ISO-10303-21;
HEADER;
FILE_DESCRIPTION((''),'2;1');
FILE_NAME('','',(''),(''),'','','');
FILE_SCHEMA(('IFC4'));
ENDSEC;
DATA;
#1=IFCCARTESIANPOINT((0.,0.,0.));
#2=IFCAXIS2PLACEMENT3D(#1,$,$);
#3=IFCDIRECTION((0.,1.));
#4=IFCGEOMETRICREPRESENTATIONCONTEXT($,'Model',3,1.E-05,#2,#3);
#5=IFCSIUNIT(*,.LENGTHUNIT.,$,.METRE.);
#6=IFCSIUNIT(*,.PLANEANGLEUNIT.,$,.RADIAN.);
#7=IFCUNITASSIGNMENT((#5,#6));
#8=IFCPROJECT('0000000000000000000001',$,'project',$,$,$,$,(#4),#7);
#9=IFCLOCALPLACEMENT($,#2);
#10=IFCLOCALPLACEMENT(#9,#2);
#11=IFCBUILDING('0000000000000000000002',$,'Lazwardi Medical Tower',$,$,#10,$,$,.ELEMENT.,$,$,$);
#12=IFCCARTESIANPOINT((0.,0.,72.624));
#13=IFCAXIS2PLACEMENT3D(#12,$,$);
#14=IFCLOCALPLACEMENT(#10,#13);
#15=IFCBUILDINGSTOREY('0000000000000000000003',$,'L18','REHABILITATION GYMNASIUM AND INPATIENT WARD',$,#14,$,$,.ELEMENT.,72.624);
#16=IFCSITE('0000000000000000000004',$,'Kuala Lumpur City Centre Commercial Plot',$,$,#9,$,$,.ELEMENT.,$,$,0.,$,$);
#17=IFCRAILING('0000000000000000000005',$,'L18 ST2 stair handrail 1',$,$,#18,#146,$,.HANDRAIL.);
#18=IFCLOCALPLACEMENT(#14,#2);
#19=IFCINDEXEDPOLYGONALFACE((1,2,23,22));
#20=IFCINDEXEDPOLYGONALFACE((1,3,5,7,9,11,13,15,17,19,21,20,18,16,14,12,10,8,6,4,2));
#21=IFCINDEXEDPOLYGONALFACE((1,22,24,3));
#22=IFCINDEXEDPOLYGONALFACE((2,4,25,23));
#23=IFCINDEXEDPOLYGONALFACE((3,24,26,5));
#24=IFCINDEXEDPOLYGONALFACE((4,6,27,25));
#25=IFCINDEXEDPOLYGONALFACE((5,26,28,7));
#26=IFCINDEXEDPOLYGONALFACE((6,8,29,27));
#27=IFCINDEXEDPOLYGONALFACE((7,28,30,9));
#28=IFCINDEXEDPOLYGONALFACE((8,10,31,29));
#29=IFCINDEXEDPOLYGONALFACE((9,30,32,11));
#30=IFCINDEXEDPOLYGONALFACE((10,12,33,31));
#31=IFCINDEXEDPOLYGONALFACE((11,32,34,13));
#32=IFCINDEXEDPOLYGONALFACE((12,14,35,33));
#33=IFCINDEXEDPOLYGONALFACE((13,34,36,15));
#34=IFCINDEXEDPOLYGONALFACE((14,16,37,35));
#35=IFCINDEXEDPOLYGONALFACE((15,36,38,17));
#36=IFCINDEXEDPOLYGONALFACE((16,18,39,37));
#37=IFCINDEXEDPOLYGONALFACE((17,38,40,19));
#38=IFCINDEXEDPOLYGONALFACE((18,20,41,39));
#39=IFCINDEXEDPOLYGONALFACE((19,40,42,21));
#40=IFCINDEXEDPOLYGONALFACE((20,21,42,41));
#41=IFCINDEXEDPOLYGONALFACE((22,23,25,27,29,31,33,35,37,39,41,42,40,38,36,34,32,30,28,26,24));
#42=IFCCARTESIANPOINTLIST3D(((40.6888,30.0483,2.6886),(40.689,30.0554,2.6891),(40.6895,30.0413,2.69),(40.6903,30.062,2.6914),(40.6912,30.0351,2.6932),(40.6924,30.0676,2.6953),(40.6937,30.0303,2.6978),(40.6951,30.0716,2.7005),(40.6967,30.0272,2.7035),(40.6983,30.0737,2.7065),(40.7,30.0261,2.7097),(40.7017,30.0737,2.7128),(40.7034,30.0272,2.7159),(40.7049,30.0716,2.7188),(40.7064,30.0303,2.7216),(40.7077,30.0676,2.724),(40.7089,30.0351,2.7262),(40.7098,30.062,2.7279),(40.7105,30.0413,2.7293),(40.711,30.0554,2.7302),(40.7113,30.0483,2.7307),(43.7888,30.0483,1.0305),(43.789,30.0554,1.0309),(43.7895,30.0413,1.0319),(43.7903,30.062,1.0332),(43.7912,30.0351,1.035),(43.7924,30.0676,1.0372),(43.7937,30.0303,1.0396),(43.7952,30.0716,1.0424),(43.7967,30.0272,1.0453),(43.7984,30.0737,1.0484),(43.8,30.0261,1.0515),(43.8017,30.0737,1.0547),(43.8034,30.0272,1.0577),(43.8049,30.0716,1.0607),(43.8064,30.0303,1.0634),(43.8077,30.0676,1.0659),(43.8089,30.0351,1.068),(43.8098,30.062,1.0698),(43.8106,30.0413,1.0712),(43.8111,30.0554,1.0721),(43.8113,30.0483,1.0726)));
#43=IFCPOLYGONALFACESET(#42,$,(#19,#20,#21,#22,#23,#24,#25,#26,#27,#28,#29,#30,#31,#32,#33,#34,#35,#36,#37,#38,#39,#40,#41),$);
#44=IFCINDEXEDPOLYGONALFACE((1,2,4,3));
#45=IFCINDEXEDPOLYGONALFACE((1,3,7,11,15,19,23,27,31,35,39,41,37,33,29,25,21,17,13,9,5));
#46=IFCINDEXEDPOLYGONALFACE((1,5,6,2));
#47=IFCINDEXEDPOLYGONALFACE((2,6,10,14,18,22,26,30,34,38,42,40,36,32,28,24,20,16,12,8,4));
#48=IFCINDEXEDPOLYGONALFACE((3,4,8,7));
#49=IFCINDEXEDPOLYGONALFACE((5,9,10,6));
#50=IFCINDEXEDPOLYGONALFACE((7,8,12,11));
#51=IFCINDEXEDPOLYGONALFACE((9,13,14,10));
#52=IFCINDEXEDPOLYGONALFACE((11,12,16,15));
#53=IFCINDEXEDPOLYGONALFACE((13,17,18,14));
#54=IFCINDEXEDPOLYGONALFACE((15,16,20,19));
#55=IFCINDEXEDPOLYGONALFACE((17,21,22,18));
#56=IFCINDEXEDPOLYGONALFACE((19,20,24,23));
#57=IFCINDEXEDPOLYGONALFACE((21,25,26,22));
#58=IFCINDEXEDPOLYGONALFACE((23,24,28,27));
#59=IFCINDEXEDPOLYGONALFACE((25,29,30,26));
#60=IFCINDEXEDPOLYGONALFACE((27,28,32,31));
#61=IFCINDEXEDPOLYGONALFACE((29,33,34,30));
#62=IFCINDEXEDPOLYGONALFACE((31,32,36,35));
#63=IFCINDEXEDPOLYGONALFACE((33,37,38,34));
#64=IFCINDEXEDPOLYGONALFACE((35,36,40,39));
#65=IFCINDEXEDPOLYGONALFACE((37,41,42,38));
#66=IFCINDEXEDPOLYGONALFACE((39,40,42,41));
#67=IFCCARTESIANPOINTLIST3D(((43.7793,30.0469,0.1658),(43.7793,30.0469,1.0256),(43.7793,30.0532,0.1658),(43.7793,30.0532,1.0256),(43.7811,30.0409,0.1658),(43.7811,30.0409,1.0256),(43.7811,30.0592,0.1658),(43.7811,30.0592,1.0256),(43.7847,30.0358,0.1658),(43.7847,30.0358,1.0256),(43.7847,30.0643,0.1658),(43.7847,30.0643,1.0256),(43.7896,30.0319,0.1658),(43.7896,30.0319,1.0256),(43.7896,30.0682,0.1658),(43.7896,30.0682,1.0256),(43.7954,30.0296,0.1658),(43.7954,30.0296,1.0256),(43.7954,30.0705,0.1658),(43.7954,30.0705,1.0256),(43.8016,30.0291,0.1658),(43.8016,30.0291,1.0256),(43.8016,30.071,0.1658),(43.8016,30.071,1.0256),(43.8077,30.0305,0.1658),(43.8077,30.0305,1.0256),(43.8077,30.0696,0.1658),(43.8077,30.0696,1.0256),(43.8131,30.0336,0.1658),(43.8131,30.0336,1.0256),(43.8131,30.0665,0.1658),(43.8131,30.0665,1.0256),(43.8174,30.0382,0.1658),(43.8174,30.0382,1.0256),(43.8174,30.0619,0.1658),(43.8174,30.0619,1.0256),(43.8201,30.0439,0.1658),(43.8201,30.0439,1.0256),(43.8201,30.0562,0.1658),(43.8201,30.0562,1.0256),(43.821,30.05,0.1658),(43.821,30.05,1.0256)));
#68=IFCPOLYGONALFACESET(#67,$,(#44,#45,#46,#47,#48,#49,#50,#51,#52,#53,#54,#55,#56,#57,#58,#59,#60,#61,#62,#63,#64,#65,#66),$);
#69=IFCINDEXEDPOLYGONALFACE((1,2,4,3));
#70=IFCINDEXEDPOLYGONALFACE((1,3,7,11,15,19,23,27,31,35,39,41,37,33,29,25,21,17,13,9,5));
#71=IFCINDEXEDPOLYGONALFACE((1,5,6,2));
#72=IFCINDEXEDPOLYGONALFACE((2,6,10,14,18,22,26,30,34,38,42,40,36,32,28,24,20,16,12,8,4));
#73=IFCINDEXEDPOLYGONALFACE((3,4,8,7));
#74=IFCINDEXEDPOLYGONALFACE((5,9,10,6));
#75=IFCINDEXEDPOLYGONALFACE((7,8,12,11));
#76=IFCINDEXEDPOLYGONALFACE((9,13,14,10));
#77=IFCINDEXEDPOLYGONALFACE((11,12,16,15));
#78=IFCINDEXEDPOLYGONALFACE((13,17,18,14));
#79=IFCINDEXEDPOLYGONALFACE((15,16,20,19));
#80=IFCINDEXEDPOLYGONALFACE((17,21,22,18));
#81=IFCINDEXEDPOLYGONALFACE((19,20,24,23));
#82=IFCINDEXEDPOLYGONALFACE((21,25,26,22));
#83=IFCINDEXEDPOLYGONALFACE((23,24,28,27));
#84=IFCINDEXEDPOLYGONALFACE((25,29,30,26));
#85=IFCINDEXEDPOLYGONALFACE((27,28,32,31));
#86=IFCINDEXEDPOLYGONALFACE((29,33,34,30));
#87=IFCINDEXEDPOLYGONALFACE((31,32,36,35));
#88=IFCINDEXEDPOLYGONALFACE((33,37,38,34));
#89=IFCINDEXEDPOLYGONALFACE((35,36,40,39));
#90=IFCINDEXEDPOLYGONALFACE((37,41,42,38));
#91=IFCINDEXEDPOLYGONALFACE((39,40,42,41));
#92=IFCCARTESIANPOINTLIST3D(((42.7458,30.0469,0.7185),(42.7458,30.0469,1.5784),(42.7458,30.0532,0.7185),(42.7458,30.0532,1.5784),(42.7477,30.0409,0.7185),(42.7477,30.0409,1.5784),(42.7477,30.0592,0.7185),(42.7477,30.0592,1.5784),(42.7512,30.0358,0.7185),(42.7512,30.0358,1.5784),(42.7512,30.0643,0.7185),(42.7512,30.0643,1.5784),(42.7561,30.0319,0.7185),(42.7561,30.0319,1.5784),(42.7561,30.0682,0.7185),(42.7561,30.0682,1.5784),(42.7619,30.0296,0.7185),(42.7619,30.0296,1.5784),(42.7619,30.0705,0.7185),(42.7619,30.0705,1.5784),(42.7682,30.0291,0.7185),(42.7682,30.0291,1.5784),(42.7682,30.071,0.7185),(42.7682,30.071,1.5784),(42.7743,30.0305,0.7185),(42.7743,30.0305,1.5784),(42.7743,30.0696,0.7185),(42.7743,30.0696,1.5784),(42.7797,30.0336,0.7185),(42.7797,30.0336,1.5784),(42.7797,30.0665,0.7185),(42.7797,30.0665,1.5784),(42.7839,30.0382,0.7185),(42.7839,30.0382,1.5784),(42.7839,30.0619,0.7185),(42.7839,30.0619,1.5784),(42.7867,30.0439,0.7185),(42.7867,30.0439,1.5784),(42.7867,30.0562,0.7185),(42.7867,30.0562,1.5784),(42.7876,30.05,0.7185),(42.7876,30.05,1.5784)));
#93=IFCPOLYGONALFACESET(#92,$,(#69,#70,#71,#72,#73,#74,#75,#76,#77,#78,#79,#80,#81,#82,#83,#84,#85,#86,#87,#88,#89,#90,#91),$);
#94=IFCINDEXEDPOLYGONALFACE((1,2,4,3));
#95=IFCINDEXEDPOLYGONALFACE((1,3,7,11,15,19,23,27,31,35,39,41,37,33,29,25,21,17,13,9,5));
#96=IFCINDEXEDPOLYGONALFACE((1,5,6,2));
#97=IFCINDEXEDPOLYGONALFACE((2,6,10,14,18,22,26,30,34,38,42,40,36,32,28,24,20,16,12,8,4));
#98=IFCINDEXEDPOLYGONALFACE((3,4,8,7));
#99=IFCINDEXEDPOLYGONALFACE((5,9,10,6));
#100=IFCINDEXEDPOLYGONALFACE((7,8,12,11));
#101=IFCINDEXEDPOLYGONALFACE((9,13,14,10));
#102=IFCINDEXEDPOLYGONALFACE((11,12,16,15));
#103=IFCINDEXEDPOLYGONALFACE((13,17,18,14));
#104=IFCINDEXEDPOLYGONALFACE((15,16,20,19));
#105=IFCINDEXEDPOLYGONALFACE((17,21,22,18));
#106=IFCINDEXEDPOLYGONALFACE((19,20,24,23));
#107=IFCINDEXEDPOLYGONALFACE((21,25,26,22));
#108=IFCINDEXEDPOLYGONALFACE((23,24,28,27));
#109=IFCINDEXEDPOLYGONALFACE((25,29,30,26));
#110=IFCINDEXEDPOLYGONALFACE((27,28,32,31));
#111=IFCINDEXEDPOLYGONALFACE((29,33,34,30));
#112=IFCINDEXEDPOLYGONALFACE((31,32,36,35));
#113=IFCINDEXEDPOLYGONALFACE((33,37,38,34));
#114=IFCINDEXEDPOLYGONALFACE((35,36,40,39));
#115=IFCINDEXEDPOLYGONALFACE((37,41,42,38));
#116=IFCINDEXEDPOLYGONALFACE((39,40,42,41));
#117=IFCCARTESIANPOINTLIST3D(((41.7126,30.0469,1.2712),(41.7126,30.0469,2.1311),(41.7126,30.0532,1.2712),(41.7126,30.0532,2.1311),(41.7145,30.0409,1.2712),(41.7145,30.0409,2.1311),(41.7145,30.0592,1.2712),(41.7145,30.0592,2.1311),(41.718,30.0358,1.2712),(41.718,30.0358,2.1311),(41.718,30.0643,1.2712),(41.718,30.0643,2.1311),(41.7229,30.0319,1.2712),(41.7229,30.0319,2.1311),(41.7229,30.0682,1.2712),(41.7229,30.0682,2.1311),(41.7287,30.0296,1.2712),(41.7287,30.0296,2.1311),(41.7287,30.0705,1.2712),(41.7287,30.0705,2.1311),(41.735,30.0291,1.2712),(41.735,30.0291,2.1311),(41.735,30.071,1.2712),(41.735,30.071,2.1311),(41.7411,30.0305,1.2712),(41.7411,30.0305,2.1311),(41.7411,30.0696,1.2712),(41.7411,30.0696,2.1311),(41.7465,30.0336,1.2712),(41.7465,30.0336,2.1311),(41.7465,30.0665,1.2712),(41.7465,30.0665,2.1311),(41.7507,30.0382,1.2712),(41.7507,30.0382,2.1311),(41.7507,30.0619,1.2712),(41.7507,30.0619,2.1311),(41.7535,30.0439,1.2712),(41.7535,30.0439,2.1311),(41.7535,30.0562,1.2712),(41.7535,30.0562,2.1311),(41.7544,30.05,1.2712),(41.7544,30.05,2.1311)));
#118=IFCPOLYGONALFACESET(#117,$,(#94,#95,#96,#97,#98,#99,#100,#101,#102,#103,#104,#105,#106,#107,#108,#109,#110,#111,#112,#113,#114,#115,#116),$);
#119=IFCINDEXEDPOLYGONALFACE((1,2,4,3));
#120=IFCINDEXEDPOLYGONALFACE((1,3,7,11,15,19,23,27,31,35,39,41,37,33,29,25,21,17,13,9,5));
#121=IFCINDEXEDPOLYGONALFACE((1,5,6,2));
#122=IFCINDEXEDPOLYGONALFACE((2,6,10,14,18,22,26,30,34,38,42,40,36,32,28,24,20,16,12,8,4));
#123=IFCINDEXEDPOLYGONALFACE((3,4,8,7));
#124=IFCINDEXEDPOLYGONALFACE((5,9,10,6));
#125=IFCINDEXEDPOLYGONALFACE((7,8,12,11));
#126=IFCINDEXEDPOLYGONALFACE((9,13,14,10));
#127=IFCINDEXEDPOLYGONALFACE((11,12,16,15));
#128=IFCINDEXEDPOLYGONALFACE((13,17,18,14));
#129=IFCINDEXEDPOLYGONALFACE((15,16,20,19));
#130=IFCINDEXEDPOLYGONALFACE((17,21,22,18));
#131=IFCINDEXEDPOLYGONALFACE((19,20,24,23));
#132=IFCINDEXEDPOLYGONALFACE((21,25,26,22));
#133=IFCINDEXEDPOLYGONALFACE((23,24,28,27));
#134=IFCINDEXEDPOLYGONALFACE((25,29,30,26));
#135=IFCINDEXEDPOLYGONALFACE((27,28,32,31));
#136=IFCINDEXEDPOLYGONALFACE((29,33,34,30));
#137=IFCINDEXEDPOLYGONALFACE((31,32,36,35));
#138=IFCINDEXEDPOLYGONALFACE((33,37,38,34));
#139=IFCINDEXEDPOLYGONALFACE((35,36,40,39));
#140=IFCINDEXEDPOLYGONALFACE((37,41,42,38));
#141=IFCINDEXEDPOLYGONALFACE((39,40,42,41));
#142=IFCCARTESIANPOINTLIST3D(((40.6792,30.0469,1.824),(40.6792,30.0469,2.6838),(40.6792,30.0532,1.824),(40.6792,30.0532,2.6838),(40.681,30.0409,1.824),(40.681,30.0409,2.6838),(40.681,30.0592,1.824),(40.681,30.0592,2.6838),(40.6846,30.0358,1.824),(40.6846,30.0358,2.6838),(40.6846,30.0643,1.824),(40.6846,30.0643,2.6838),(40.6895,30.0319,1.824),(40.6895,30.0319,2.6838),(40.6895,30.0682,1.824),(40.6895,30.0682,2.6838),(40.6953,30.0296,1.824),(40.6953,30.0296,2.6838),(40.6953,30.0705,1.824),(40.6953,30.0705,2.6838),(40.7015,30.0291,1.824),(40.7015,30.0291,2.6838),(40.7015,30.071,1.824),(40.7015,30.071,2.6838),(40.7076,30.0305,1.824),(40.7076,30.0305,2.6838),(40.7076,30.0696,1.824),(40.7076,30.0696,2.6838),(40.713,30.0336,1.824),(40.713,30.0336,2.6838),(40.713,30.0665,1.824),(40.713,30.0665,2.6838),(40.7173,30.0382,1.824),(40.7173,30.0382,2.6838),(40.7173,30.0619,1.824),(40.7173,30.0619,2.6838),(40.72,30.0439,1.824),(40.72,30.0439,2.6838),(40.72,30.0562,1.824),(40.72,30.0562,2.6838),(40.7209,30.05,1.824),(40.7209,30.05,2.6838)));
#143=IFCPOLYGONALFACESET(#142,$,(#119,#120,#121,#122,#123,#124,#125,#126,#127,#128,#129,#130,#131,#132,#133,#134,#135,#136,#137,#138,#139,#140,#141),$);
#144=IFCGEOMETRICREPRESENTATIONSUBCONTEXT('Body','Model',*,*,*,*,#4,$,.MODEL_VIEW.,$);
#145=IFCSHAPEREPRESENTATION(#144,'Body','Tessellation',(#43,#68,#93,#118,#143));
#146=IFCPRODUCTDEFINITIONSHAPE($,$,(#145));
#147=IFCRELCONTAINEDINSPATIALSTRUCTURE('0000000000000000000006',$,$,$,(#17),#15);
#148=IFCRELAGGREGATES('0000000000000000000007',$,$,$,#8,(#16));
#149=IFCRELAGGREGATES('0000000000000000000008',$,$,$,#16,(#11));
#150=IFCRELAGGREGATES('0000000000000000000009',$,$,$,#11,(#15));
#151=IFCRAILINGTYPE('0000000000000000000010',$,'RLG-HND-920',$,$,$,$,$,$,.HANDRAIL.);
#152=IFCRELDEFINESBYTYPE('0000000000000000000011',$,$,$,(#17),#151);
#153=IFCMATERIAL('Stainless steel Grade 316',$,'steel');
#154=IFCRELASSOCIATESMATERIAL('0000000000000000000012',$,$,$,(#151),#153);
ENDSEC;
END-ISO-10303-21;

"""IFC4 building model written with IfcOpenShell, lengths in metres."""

from ifc_helpers import new_model, si_unit, direction, frame, origin, origin_2d, place, context, subcontext, project, spatial, circle, extrude, material, type_object, element, save


model = new_model("IFC4")

# Units and contexts
model_context = context("Model", 3, precision=1e-05, world=origin(), true_north=direction((0.0, 1.0)))
body_context = subcontext(model_context, "Body", "Model", "MODEL_VIEW")
ifc_project = project(units=[si_unit("LENGTHUNIT", "METRE"), si_unit("PLANEANGLEUNIT", "RADIAN")], contexts=[model_context])

# Site, building, storey
site_placement = place(None, origin())
site = spatial("IfcSite", under=ifc_project, at=site_placement, Name="Kuala Lumpur City Centre Commercial Plot", CompositionType="ELEMENT", RefElevation=0.0)
building_placement = place(site_placement, origin())
building = spatial("IfcBuilding", under=site, at=building_placement, Name="Lazwardi Medical Tower", CompositionType="ELEMENT")
storey_placement = place(building_placement, frame((0.0, 0.0, 72.624)))
storey = spatial("IfcBuildingStorey", under=building, at=storey_placement, Name="L18", Description="REHABILITATION GYMNASIUM AND INPATIENT WARD", CompositionType="ELEMENT", Elevation=72.624)

# Railing
ifc_material_1 = material(Name="Stainless steel Grade 316", Category="steel")
railing_type_1 = type_object("IfcRailingType", Name="RLG-HND-920", PredefinedType="HANDRAIL", material=ifc_material_1)
railing_1_placement = place(storey_placement, frame((43.8, 30.05, 0.1658)))
element("IfcRailing", 1, at=railing_1_placement, inside=storey, type_object=railing_type_1, Name="L18 ST2 stair handrail 1", PredefinedType="HANDRAIL", context=body_context, shape_type="SweptSolid", body=[
    extrude(circle(Radius=0.0239, at=origin_2d()), frame((0.0, 0.0, 0.8857), z_axis=(-0.881783, 0.0, 0.471655), x_axis=(0.0, -1.0, 0.0)), (0.0, 0.0, 1.0), 3.5156),
    extrude(circle(Radius=0.021, at=origin_2d()), origin(), (0.0, 0.0, 1.0), 0.8599),
    extrude(circle(Radius=0.021, at=origin_2d()), frame((-1.0334, 0.0, 0.5527)), (0.0, 0.0, 1.0), 0.8599),
    extrude(circle(Radius=0.021, at=origin_2d()), frame((-2.0667, 0.0, 1.1055)), (0.0, 0.0, 1.0), 0.8599),
    extrude(circle(Radius=0.021, at=origin_2d()), frame((-3.1001, 0.0, 1.6582)), (0.0, 0.0, 1.0), 0.8599),
])

save(model, "model.ifc")
